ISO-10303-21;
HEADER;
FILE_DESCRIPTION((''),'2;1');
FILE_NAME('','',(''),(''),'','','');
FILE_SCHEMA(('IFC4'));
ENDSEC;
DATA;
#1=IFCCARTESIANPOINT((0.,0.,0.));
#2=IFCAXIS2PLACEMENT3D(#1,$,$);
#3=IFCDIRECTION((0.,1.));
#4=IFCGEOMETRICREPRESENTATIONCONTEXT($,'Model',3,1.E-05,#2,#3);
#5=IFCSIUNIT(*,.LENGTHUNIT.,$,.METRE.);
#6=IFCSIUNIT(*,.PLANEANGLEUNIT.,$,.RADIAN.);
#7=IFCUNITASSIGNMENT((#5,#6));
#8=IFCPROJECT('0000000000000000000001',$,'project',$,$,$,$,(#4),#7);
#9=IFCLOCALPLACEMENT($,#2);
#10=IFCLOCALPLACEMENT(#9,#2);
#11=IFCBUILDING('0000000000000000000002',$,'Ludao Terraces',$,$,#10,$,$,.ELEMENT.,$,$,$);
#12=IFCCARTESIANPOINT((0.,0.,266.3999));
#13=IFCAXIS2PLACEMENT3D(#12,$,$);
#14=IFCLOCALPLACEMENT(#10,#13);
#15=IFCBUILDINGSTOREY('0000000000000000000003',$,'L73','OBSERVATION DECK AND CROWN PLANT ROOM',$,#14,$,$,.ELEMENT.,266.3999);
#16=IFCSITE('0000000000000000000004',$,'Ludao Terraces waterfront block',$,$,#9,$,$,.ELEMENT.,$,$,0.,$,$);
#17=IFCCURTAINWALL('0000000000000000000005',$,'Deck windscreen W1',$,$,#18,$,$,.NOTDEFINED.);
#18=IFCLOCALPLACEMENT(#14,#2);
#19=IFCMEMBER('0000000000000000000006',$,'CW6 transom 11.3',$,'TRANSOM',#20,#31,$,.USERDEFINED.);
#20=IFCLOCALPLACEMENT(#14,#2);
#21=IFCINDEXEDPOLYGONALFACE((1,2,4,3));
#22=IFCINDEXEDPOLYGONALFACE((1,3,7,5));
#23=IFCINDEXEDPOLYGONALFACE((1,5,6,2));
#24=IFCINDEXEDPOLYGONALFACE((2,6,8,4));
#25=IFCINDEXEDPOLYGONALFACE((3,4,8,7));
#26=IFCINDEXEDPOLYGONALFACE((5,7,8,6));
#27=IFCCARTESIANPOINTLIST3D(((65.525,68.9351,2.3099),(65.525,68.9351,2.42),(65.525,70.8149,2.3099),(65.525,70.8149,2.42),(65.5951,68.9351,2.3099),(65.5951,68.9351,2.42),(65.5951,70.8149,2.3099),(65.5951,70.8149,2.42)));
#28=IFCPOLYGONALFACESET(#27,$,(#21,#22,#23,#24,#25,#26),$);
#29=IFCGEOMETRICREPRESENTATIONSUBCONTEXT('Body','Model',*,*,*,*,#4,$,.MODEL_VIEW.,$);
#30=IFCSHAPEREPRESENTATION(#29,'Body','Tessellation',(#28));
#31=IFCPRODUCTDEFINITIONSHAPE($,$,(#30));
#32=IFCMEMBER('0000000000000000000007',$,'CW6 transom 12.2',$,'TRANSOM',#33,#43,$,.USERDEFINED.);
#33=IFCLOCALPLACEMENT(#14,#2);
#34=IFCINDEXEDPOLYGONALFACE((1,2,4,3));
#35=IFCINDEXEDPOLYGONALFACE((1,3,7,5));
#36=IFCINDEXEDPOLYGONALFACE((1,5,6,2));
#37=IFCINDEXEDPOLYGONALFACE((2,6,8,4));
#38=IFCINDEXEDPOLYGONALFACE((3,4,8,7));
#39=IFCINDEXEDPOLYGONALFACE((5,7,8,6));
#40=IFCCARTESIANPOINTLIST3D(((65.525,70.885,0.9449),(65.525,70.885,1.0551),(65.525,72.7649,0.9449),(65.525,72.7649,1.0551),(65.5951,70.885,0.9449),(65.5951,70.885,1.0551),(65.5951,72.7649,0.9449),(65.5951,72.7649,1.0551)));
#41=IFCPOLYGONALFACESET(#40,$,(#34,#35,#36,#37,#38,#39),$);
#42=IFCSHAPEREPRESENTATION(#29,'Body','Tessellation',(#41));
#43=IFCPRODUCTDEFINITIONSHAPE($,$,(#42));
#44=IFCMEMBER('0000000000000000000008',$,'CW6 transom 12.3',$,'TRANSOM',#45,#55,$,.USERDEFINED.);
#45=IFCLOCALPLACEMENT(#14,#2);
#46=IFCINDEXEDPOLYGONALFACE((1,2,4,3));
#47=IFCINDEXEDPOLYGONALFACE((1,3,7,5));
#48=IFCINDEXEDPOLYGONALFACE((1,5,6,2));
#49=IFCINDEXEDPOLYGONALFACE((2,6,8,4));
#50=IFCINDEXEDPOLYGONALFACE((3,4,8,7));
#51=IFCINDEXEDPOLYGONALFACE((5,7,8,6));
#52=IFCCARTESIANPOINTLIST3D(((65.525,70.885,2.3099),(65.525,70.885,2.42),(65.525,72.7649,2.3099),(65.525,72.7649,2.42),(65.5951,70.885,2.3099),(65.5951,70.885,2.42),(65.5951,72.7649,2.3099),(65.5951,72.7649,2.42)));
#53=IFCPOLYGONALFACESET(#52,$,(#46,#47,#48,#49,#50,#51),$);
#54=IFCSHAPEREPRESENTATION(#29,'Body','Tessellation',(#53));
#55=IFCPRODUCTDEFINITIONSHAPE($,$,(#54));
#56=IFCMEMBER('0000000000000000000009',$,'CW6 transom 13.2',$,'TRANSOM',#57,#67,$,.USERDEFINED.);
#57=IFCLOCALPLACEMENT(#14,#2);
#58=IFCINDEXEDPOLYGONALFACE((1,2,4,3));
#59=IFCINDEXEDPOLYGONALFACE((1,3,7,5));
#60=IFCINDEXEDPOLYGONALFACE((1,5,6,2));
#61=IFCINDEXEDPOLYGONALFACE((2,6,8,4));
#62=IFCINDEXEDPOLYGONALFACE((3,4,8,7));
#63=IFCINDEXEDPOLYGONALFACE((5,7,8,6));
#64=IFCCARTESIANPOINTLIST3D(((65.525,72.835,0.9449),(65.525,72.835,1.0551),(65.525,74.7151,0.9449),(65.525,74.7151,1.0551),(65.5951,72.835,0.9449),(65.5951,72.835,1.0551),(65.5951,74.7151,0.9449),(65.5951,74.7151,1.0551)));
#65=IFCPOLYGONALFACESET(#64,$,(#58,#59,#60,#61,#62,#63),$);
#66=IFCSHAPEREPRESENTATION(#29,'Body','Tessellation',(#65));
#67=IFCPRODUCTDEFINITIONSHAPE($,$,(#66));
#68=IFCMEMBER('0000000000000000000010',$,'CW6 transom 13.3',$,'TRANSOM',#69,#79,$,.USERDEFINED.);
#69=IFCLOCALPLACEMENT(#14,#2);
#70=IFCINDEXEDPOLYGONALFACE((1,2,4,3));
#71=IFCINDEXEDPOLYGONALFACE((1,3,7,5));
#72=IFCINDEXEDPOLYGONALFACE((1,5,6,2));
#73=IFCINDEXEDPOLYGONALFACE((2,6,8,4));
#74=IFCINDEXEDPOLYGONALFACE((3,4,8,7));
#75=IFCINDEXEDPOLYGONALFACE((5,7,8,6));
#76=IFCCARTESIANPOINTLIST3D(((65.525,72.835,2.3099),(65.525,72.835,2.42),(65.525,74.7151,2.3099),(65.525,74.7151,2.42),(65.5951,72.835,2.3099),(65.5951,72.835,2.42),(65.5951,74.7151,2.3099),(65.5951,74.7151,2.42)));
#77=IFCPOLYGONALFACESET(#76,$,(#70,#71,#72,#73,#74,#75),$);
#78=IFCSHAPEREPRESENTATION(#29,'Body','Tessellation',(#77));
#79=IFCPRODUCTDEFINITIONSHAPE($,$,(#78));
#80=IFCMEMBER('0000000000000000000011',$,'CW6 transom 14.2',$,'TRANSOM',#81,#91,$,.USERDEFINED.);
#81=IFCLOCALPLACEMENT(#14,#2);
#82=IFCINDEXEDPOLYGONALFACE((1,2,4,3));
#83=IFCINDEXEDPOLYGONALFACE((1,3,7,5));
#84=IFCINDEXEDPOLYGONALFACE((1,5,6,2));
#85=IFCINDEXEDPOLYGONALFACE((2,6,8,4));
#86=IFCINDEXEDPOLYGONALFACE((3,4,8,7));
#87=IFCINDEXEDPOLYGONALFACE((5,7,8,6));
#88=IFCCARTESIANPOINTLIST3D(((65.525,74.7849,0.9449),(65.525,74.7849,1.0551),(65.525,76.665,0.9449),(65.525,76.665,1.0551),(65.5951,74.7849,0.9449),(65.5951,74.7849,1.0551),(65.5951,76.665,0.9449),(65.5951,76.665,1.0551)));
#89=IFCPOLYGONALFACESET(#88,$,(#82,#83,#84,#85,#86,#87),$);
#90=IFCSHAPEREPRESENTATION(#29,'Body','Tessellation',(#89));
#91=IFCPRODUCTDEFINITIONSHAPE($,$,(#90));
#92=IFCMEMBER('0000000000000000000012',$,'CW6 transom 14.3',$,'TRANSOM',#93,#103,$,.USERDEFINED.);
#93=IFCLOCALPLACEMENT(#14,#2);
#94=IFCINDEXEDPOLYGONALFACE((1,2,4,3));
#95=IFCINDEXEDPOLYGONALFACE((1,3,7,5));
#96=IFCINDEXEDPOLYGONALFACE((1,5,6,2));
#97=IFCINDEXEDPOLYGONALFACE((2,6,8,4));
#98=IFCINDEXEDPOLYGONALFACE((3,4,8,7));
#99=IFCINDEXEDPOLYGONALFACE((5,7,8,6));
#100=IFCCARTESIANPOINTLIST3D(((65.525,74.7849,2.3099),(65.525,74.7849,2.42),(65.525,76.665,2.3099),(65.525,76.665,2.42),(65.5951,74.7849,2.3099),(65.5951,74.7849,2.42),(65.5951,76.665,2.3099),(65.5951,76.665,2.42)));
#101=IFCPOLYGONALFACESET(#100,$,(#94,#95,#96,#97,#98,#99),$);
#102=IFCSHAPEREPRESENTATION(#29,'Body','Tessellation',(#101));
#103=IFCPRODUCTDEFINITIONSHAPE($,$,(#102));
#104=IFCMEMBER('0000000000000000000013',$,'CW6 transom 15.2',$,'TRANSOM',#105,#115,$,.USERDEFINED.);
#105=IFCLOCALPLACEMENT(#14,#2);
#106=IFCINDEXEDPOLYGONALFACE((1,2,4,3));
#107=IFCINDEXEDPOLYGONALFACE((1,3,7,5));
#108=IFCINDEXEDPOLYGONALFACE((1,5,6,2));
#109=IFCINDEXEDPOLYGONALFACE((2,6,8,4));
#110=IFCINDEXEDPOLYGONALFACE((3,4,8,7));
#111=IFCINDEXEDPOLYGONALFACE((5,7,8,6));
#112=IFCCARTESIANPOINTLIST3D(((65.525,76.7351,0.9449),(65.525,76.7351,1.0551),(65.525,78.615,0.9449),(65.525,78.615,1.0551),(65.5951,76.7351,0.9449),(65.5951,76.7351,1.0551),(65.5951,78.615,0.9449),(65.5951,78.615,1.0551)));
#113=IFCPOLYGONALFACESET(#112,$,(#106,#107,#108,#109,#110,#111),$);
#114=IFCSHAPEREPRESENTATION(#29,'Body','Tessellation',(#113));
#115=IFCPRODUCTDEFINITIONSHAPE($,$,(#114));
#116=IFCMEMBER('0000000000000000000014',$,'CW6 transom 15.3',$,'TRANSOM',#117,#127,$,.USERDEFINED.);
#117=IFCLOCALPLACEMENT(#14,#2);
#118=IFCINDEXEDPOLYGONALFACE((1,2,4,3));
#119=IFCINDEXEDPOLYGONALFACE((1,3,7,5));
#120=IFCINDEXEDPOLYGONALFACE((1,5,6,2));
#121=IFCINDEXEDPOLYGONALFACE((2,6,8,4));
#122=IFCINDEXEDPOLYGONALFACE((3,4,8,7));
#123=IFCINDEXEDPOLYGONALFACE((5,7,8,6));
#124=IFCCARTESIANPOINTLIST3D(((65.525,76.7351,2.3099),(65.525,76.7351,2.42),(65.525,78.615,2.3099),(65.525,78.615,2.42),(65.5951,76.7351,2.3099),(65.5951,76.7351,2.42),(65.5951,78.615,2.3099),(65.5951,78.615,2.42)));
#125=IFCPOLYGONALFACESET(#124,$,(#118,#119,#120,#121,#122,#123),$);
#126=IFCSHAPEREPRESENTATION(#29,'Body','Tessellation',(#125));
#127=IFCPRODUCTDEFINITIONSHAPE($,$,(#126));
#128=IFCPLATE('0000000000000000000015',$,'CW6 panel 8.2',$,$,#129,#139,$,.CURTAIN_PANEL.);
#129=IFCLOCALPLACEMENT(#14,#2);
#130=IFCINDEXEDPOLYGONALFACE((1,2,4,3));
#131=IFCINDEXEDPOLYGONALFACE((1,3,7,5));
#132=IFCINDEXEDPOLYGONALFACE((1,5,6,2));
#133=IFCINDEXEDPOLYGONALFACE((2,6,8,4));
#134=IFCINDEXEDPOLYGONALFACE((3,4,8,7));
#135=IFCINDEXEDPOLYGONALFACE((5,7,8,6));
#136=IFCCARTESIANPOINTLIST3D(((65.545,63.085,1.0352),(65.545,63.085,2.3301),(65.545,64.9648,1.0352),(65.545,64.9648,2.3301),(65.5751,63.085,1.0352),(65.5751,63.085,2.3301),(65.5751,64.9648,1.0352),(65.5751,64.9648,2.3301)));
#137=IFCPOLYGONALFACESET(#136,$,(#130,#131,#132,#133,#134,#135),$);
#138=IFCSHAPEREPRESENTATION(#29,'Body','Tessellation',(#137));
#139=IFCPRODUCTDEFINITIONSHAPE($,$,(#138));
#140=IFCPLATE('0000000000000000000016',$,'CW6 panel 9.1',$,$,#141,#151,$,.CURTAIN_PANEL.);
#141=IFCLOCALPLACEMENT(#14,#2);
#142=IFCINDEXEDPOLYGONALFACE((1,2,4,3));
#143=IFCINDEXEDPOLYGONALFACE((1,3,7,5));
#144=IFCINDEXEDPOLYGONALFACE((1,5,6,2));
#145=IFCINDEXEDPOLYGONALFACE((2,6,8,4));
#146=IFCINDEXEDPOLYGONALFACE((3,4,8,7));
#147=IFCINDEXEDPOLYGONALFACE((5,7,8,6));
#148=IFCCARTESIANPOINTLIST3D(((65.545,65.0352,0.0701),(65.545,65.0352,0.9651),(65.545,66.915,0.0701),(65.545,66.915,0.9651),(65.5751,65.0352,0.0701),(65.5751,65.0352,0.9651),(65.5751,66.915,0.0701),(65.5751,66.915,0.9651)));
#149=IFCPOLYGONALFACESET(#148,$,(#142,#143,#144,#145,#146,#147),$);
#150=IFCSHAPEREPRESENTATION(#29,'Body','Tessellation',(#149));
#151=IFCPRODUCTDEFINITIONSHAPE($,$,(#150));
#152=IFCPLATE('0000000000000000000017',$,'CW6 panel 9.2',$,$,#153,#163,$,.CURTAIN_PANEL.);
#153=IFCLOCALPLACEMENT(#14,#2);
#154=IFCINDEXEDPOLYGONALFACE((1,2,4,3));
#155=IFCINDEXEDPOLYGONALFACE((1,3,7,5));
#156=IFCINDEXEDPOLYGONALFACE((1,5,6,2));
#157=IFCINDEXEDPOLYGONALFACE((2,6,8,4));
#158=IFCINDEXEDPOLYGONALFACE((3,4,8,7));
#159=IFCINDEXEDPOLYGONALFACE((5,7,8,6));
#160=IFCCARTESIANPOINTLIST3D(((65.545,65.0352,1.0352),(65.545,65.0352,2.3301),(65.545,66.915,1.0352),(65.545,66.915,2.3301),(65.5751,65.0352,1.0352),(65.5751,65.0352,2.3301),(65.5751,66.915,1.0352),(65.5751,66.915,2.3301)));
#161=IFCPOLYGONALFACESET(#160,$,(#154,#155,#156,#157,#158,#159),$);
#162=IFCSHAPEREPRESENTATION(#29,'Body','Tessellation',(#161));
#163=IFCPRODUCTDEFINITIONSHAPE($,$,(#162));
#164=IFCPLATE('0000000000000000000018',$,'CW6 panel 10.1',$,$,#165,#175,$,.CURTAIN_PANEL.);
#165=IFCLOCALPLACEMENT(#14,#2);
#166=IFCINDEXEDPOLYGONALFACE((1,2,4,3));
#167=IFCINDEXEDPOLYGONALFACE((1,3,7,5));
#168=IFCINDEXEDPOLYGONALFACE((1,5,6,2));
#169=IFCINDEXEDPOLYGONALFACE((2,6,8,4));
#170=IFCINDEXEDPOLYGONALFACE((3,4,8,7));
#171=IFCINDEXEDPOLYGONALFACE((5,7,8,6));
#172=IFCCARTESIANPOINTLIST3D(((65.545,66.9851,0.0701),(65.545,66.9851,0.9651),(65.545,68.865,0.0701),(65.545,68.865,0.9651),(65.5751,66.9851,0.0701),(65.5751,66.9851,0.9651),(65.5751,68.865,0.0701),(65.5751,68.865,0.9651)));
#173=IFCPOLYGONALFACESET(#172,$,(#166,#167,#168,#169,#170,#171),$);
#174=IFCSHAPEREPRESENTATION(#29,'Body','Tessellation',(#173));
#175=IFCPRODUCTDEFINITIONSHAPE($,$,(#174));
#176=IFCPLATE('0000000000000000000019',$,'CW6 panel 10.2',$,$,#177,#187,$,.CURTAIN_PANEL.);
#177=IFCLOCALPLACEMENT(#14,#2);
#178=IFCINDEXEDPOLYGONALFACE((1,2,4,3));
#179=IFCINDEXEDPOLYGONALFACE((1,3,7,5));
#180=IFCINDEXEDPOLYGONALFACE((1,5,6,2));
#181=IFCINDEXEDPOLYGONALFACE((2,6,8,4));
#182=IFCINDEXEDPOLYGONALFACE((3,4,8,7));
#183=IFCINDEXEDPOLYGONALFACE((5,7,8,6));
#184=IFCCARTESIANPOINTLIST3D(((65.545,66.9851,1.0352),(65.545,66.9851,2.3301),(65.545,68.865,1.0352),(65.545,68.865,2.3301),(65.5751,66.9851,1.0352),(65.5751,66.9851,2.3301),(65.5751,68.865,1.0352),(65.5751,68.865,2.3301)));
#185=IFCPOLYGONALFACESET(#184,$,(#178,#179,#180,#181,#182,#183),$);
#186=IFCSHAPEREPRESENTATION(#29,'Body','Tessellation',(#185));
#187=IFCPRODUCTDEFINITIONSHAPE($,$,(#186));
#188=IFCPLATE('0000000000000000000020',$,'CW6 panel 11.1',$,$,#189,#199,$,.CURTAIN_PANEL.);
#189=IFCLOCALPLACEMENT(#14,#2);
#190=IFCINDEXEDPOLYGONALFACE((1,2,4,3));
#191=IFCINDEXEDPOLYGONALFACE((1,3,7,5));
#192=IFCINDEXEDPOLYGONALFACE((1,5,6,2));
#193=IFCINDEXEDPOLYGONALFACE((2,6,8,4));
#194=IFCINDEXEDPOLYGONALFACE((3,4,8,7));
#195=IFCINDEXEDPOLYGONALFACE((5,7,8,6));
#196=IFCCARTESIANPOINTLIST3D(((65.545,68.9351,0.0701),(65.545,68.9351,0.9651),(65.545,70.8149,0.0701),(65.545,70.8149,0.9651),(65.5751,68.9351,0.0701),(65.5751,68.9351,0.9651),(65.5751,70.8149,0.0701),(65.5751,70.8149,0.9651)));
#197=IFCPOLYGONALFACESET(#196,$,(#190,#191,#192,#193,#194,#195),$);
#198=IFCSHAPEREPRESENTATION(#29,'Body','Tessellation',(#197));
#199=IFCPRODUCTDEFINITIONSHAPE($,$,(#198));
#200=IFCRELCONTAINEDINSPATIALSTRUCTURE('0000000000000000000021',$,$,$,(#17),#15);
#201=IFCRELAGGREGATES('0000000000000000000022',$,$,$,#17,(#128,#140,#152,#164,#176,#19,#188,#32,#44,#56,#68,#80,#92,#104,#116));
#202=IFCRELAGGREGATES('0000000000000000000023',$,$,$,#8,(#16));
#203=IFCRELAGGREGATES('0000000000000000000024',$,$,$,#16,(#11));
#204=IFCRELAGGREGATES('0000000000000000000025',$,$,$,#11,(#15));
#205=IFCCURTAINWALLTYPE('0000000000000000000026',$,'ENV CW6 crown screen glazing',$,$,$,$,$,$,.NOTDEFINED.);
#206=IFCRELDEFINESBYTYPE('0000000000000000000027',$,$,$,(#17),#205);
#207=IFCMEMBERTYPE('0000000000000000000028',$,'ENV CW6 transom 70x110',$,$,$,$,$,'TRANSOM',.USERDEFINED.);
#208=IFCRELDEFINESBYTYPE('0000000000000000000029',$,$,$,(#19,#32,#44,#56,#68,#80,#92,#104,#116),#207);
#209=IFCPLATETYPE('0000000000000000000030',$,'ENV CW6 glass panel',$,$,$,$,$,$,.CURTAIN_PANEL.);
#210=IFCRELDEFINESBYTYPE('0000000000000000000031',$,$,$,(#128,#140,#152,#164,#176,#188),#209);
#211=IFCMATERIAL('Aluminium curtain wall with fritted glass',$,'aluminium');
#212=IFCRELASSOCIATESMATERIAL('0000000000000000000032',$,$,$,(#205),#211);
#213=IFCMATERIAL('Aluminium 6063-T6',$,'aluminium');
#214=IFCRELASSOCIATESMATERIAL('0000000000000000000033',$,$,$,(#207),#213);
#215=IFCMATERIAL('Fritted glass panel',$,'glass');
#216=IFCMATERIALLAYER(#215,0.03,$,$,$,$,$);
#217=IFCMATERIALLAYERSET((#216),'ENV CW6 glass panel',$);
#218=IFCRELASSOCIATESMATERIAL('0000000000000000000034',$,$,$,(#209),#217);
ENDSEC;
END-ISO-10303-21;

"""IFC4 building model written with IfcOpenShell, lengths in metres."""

from ifc_helpers import new_model, si_unit, direction, frame, origin, origin_2d, place, context, subcontext, project, spatial, rectangle, extrude, material, layer, layer_set, material_profile, profile_set, type_object, element, aggregate, save


model = new_model("IFC4")

# Units and contexts
model_context = context("Model", 3, precision=1e-05, world=origin(), true_north=direction((0.0, 1.0)))
body_context = subcontext(model_context, "Body", "Model", "MODEL_VIEW")
ifc_project = project(units=[si_unit("LENGTHUNIT", "METRE"), si_unit("PLANEANGLEUNIT", "RADIAN")], contexts=[model_context])

# Site, building, storey
site_placement = place(None, origin())
site = spatial("IfcSite", under=ifc_project, at=site_placement, Name="Ludao Terraces waterfront block", CompositionType="ELEMENT", RefElevation=0.0)
building_placement = place(site_placement, origin())
building = spatial("IfcBuilding", under=site, at=building_placement, Name="Ludao Terraces", CompositionType="ELEMENT")
storey_placement = place(building_placement, frame((0.0, 0.0, 266.3999)))
storey = spatial("IfcBuildingStorey", under=building, at=storey_placement, Name="L73", Description="OBSERVATION DECK AND CROWN PLANT ROOM", CompositionType="ELEMENT", Elevation=266.3999)

# Curtain wall, members, plates
ifc_material_1 = material(Name="Aluminium curtain wall with fritted glass", Category="aluminium")
curtain_wall_type = type_object("IfcCurtainWallType", Name="ENV CW6 crown screen glazing", PredefinedType="NOTDEFINED", material=ifc_material_1)
curtain_wall_placement = place(storey_placement, origin())
curtain_wall = element("IfcCurtainWall", 1, at=curtain_wall_placement, inside=storey, type_object=curtain_wall_type, Name="Deck windscreen W1", PredefinedType="NOTDEFINED")
ifc_material_2 = material(Name="Aluminium 6063-T6", Category="aluminium")
ifc_material_profile_1 = material_profile(ifc_material_2, rectangle(XDim=0.0701, YDim=0.1101, at=origin_2d()), Name="70 X 110")
ifc_profile_set_1 = profile_set([ifc_material_profile_1], Name="Aluminium 6063-T6")
member_type = type_object("IfcMemberType", Name="ENV CW6 transom 70x110", ElementType="TRANSOM", PredefinedType="USERDEFINED", material=ifc_profile_set_1)
member_1_placement = place(storey_placement, frame((65.5601, 68.9351, 2.365), z_axis=(0.0, 1.0, 0.0), x_axis=(-1.0, 0.0, 0.0)))
member_1 = element("IfcMember", 2, at=member_1_placement, type_object=member_type, Name="CW6 transom 11.3", ObjectType="TRANSOM", PredefinedType="USERDEFINED", context=body_context, shape_type="SweptSolid", body=[
    extrude(rectangle(XDim=0.0701, YDim=0.1101, at=origin_2d()), origin(), (0.0, 0.0, 1.0), 1.8799),
])
member_2_placement = place(storey_placement, frame((65.5601, 70.885, 1.0), z_axis=(0.0, 1.0, 0.0), x_axis=(-1.0, 0.0, 0.0)))
member_2 = element("IfcMember", 3, at=member_2_placement, type_object=member_type, Name="CW6 transom 12.2", ObjectType="TRANSOM", PredefinedType="USERDEFINED", context=body_context, shape_type="SweptSolid", body=[
    extrude(rectangle(XDim=0.0701, YDim=0.1101, at=origin_2d()), origin(), (0.0, 0.0, 1.0), 1.8799),
])
member_3_placement = place(storey_placement, frame((65.5601, 70.885, 2.365), z_axis=(0.0, 1.0, 0.0), x_axis=(-1.0, 0.0, 0.0)))
member_3 = element("IfcMember", 4, at=member_3_placement, type_object=member_type, Name="CW6 transom 12.3", ObjectType="TRANSOM", PredefinedType="USERDEFINED", context=body_context, shape_type="SweptSolid", body=[
    extrude(rectangle(XDim=0.0701, YDim=0.1101, at=origin_2d()), origin(), (0.0, 0.0, 1.0), 1.8799),
])
member_4_placement = place(storey_placement, frame((65.5601, 72.835, 1.0), z_axis=(0.0, 1.0, 0.0), x_axis=(-1.0, 0.0, 0.0)))
member_4 = element("IfcMember", 5, at=member_4_placement, type_object=member_type, Name="CW6 transom 13.2", ObjectType="TRANSOM", PredefinedType="USERDEFINED", context=body_context, shape_type="SweptSolid", body=[
    extrude(rectangle(XDim=0.0701, YDim=0.1101, at=origin_2d()), origin(), (0.0, 0.0, 1.0), 1.8801),
])
member_5_placement = place(storey_placement, frame((65.5601, 72.835, 2.365), z_axis=(0.0, 1.0, 0.0), x_axis=(-1.0, 0.0, 0.0)))
member_5 = element("IfcMember", 6, at=member_5_placement, type_object=member_type, Name="CW6 transom 13.3", ObjectType="TRANSOM", PredefinedType="USERDEFINED", context=body_context, shape_type="SweptSolid", body=[
    extrude(rectangle(XDim=0.0701, YDim=0.1101, at=origin_2d()), origin(), (0.0, 0.0, 1.0), 1.8801),
])
member_6_placement = place(storey_placement, frame((65.5601, 74.7849, 1.0), z_axis=(0.0, 1.0, 0.0), x_axis=(-1.0, 0.0, 0.0)))
member_6 = element("IfcMember", 7, at=member_6_placement, type_object=member_type, Name="CW6 transom 14.2", ObjectType="TRANSOM", PredefinedType="USERDEFINED", context=body_context, shape_type="SweptSolid", body=[
    extrude(rectangle(XDim=0.0701, YDim=0.1101, at=origin_2d()), origin(), (0.0, 0.0, 1.0), 1.8801),
])
member_7_placement = place(storey_placement, frame((65.5601, 74.7849, 2.365), z_axis=(0.0, 1.0, 0.0), x_axis=(-1.0, 0.0, 0.0)))
member_7 = element("IfcMember", 8, at=member_7_placement, type_object=member_type, Name="CW6 transom 14.3", ObjectType="TRANSOM", PredefinedType="USERDEFINED", context=body_context, shape_type="SweptSolid", body=[
    extrude(rectangle(XDim=0.0701, YDim=0.1101, at=origin_2d()), origin(), (0.0, 0.0, 1.0), 1.8801),
])
member_8_placement = place(storey_placement, frame((65.5601, 76.7351, 1.0), z_axis=(0.0, 1.0, 0.0), x_axis=(-1.0, 0.0, 0.0)))
member_8 = element("IfcMember", 9, at=member_8_placement, type_object=member_type, Name="CW6 transom 15.2", ObjectType="TRANSOM", PredefinedType="USERDEFINED", context=body_context, shape_type="SweptSolid", body=[
    extrude(rectangle(XDim=0.0701, YDim=0.1101, at=origin_2d()), origin(), (0.0, 0.0, 1.0), 1.8799),
])
member_9_placement = place(storey_placement, frame((65.5601, 76.7351, 2.365), z_axis=(0.0, 1.0, 0.0), x_axis=(-1.0, 0.0, 0.0)))
member_9 = element("IfcMember", 10, at=member_9_placement, type_object=member_type, Name="CW6 transom 15.3", ObjectType="TRANSOM", PredefinedType="USERDEFINED", context=body_context, shape_type="SweptSolid", body=[
    extrude(rectangle(XDim=0.0701, YDim=0.1101, at=origin_2d()), origin(), (0.0, 0.0, 1.0), 1.8799),
])
ifc_material_3 = material(Name="Fritted glass panel", Category="glass")
ifc_layer_1 = layer(ifc_material_3, 0.03)
ifc_layer_set_1 = layer_set([ifc_layer_1], Name="ENV CW6 glass panel")
plate_type = type_object("IfcPlateType", Name="ENV CW6 glass panel", PredefinedType="CURTAIN_PANEL", material=ifc_layer_set_1)
plate_1_placement = place(storey_placement, frame((65.5601, 64.0249, 1.0352), z_axis=(0.0, 0.0, 1.0), x_axis=(0.0, 1.0, 0.0)))
plate_1 = element("IfcPlate", 11, at=plate_1_placement, type_object=plate_type, Name="CW6 panel 8.2", PredefinedType="CURTAIN_PANEL", context=body_context, shape_type="SweptSolid", body=[
    extrude(rectangle(XDim=1.8799, YDim=0.03, at=origin_2d()), origin(), (0.0, 0.0, 1.0), 1.2949),
])
plate_2_placement = place(storey_placement, frame((65.5601, 65.9751, 0.0701), z_axis=(0.0, 0.0, 1.0), x_axis=(0.0, 1.0, 0.0)))
plate_2 = element("IfcPlate", 12, at=plate_2_placement, type_object=plate_type, Name="CW6 panel 9.1", PredefinedType="CURTAIN_PANEL", context=body_context, shape_type="SweptSolid", body=[
    extrude(rectangle(XDim=1.8799, YDim=0.03, at=origin_2d()), origin(), (0.0, 0.0, 1.0), 0.895),
])
plate_3_placement = place(storey_placement, frame((65.5601, 65.9751, 1.0352), z_axis=(0.0, 0.0, 1.0), x_axis=(0.0, 1.0, 0.0)))
plate_3 = element("IfcPlate", 13, at=plate_3_placement, type_object=plate_type, Name="CW6 panel 9.2", PredefinedType="CURTAIN_PANEL", context=body_context, shape_type="SweptSolid", body=[
    extrude(rectangle(XDim=1.8799, YDim=0.03, at=origin_2d()), origin(), (0.0, 0.0, 1.0), 1.2949),
])
plate_4_placement = place(storey_placement, frame((65.5601, 67.925, 0.0701), z_axis=(0.0, 0.0, 1.0), x_axis=(0.0, 1.0, 0.0)))
plate_4 = element("IfcPlate", 14, at=plate_4_placement, type_object=plate_type, Name="CW6 panel 10.1", PredefinedType="CURTAIN_PANEL", context=body_context, shape_type="SweptSolid", body=[
    extrude(rectangle(XDim=1.8799, YDim=0.03, at=origin_2d()), origin(), (0.0, 0.0, 1.0), 0.895),
])
plate_5_placement = place(storey_placement, frame((65.5601, 67.925, 1.0352), z_axis=(0.0, 0.0, 1.0), x_axis=(0.0, 1.0, 0.0)))
plate_5 = element("IfcPlate", 15, at=plate_5_placement, type_object=plate_type, Name="CW6 panel 10.2", PredefinedType="CURTAIN_PANEL", context=body_context, shape_type="SweptSolid", body=[
    extrude(rectangle(XDim=1.8799, YDim=0.03, at=origin_2d()), origin(), (0.0, 0.0, 1.0), 1.2949),
])
plate_6_placement = place(storey_placement, frame((65.5601, 69.875, 0.0701), z_axis=(0.0, 0.0, 1.0), x_axis=(0.0, 1.0, 0.0)))
plate_6 = element("IfcPlate", 16, at=plate_6_placement, type_object=plate_type, Name="CW6 panel 11.1", PredefinedType="CURTAIN_PANEL", context=body_context, shape_type="SweptSolid", body=[
    extrude(rectangle(XDim=1.8799, YDim=0.03, at=origin_2d()), origin(), (0.0, 0.0, 1.0), 0.895),
])
aggregate(curtain_wall, [plate_1, plate_2, plate_3, plate_4, plate_5, member_1, plate_6, member_2, member_3, member_4, member_5, member_6, member_7, member_8, member_9])

save(model, "model.ifc")
